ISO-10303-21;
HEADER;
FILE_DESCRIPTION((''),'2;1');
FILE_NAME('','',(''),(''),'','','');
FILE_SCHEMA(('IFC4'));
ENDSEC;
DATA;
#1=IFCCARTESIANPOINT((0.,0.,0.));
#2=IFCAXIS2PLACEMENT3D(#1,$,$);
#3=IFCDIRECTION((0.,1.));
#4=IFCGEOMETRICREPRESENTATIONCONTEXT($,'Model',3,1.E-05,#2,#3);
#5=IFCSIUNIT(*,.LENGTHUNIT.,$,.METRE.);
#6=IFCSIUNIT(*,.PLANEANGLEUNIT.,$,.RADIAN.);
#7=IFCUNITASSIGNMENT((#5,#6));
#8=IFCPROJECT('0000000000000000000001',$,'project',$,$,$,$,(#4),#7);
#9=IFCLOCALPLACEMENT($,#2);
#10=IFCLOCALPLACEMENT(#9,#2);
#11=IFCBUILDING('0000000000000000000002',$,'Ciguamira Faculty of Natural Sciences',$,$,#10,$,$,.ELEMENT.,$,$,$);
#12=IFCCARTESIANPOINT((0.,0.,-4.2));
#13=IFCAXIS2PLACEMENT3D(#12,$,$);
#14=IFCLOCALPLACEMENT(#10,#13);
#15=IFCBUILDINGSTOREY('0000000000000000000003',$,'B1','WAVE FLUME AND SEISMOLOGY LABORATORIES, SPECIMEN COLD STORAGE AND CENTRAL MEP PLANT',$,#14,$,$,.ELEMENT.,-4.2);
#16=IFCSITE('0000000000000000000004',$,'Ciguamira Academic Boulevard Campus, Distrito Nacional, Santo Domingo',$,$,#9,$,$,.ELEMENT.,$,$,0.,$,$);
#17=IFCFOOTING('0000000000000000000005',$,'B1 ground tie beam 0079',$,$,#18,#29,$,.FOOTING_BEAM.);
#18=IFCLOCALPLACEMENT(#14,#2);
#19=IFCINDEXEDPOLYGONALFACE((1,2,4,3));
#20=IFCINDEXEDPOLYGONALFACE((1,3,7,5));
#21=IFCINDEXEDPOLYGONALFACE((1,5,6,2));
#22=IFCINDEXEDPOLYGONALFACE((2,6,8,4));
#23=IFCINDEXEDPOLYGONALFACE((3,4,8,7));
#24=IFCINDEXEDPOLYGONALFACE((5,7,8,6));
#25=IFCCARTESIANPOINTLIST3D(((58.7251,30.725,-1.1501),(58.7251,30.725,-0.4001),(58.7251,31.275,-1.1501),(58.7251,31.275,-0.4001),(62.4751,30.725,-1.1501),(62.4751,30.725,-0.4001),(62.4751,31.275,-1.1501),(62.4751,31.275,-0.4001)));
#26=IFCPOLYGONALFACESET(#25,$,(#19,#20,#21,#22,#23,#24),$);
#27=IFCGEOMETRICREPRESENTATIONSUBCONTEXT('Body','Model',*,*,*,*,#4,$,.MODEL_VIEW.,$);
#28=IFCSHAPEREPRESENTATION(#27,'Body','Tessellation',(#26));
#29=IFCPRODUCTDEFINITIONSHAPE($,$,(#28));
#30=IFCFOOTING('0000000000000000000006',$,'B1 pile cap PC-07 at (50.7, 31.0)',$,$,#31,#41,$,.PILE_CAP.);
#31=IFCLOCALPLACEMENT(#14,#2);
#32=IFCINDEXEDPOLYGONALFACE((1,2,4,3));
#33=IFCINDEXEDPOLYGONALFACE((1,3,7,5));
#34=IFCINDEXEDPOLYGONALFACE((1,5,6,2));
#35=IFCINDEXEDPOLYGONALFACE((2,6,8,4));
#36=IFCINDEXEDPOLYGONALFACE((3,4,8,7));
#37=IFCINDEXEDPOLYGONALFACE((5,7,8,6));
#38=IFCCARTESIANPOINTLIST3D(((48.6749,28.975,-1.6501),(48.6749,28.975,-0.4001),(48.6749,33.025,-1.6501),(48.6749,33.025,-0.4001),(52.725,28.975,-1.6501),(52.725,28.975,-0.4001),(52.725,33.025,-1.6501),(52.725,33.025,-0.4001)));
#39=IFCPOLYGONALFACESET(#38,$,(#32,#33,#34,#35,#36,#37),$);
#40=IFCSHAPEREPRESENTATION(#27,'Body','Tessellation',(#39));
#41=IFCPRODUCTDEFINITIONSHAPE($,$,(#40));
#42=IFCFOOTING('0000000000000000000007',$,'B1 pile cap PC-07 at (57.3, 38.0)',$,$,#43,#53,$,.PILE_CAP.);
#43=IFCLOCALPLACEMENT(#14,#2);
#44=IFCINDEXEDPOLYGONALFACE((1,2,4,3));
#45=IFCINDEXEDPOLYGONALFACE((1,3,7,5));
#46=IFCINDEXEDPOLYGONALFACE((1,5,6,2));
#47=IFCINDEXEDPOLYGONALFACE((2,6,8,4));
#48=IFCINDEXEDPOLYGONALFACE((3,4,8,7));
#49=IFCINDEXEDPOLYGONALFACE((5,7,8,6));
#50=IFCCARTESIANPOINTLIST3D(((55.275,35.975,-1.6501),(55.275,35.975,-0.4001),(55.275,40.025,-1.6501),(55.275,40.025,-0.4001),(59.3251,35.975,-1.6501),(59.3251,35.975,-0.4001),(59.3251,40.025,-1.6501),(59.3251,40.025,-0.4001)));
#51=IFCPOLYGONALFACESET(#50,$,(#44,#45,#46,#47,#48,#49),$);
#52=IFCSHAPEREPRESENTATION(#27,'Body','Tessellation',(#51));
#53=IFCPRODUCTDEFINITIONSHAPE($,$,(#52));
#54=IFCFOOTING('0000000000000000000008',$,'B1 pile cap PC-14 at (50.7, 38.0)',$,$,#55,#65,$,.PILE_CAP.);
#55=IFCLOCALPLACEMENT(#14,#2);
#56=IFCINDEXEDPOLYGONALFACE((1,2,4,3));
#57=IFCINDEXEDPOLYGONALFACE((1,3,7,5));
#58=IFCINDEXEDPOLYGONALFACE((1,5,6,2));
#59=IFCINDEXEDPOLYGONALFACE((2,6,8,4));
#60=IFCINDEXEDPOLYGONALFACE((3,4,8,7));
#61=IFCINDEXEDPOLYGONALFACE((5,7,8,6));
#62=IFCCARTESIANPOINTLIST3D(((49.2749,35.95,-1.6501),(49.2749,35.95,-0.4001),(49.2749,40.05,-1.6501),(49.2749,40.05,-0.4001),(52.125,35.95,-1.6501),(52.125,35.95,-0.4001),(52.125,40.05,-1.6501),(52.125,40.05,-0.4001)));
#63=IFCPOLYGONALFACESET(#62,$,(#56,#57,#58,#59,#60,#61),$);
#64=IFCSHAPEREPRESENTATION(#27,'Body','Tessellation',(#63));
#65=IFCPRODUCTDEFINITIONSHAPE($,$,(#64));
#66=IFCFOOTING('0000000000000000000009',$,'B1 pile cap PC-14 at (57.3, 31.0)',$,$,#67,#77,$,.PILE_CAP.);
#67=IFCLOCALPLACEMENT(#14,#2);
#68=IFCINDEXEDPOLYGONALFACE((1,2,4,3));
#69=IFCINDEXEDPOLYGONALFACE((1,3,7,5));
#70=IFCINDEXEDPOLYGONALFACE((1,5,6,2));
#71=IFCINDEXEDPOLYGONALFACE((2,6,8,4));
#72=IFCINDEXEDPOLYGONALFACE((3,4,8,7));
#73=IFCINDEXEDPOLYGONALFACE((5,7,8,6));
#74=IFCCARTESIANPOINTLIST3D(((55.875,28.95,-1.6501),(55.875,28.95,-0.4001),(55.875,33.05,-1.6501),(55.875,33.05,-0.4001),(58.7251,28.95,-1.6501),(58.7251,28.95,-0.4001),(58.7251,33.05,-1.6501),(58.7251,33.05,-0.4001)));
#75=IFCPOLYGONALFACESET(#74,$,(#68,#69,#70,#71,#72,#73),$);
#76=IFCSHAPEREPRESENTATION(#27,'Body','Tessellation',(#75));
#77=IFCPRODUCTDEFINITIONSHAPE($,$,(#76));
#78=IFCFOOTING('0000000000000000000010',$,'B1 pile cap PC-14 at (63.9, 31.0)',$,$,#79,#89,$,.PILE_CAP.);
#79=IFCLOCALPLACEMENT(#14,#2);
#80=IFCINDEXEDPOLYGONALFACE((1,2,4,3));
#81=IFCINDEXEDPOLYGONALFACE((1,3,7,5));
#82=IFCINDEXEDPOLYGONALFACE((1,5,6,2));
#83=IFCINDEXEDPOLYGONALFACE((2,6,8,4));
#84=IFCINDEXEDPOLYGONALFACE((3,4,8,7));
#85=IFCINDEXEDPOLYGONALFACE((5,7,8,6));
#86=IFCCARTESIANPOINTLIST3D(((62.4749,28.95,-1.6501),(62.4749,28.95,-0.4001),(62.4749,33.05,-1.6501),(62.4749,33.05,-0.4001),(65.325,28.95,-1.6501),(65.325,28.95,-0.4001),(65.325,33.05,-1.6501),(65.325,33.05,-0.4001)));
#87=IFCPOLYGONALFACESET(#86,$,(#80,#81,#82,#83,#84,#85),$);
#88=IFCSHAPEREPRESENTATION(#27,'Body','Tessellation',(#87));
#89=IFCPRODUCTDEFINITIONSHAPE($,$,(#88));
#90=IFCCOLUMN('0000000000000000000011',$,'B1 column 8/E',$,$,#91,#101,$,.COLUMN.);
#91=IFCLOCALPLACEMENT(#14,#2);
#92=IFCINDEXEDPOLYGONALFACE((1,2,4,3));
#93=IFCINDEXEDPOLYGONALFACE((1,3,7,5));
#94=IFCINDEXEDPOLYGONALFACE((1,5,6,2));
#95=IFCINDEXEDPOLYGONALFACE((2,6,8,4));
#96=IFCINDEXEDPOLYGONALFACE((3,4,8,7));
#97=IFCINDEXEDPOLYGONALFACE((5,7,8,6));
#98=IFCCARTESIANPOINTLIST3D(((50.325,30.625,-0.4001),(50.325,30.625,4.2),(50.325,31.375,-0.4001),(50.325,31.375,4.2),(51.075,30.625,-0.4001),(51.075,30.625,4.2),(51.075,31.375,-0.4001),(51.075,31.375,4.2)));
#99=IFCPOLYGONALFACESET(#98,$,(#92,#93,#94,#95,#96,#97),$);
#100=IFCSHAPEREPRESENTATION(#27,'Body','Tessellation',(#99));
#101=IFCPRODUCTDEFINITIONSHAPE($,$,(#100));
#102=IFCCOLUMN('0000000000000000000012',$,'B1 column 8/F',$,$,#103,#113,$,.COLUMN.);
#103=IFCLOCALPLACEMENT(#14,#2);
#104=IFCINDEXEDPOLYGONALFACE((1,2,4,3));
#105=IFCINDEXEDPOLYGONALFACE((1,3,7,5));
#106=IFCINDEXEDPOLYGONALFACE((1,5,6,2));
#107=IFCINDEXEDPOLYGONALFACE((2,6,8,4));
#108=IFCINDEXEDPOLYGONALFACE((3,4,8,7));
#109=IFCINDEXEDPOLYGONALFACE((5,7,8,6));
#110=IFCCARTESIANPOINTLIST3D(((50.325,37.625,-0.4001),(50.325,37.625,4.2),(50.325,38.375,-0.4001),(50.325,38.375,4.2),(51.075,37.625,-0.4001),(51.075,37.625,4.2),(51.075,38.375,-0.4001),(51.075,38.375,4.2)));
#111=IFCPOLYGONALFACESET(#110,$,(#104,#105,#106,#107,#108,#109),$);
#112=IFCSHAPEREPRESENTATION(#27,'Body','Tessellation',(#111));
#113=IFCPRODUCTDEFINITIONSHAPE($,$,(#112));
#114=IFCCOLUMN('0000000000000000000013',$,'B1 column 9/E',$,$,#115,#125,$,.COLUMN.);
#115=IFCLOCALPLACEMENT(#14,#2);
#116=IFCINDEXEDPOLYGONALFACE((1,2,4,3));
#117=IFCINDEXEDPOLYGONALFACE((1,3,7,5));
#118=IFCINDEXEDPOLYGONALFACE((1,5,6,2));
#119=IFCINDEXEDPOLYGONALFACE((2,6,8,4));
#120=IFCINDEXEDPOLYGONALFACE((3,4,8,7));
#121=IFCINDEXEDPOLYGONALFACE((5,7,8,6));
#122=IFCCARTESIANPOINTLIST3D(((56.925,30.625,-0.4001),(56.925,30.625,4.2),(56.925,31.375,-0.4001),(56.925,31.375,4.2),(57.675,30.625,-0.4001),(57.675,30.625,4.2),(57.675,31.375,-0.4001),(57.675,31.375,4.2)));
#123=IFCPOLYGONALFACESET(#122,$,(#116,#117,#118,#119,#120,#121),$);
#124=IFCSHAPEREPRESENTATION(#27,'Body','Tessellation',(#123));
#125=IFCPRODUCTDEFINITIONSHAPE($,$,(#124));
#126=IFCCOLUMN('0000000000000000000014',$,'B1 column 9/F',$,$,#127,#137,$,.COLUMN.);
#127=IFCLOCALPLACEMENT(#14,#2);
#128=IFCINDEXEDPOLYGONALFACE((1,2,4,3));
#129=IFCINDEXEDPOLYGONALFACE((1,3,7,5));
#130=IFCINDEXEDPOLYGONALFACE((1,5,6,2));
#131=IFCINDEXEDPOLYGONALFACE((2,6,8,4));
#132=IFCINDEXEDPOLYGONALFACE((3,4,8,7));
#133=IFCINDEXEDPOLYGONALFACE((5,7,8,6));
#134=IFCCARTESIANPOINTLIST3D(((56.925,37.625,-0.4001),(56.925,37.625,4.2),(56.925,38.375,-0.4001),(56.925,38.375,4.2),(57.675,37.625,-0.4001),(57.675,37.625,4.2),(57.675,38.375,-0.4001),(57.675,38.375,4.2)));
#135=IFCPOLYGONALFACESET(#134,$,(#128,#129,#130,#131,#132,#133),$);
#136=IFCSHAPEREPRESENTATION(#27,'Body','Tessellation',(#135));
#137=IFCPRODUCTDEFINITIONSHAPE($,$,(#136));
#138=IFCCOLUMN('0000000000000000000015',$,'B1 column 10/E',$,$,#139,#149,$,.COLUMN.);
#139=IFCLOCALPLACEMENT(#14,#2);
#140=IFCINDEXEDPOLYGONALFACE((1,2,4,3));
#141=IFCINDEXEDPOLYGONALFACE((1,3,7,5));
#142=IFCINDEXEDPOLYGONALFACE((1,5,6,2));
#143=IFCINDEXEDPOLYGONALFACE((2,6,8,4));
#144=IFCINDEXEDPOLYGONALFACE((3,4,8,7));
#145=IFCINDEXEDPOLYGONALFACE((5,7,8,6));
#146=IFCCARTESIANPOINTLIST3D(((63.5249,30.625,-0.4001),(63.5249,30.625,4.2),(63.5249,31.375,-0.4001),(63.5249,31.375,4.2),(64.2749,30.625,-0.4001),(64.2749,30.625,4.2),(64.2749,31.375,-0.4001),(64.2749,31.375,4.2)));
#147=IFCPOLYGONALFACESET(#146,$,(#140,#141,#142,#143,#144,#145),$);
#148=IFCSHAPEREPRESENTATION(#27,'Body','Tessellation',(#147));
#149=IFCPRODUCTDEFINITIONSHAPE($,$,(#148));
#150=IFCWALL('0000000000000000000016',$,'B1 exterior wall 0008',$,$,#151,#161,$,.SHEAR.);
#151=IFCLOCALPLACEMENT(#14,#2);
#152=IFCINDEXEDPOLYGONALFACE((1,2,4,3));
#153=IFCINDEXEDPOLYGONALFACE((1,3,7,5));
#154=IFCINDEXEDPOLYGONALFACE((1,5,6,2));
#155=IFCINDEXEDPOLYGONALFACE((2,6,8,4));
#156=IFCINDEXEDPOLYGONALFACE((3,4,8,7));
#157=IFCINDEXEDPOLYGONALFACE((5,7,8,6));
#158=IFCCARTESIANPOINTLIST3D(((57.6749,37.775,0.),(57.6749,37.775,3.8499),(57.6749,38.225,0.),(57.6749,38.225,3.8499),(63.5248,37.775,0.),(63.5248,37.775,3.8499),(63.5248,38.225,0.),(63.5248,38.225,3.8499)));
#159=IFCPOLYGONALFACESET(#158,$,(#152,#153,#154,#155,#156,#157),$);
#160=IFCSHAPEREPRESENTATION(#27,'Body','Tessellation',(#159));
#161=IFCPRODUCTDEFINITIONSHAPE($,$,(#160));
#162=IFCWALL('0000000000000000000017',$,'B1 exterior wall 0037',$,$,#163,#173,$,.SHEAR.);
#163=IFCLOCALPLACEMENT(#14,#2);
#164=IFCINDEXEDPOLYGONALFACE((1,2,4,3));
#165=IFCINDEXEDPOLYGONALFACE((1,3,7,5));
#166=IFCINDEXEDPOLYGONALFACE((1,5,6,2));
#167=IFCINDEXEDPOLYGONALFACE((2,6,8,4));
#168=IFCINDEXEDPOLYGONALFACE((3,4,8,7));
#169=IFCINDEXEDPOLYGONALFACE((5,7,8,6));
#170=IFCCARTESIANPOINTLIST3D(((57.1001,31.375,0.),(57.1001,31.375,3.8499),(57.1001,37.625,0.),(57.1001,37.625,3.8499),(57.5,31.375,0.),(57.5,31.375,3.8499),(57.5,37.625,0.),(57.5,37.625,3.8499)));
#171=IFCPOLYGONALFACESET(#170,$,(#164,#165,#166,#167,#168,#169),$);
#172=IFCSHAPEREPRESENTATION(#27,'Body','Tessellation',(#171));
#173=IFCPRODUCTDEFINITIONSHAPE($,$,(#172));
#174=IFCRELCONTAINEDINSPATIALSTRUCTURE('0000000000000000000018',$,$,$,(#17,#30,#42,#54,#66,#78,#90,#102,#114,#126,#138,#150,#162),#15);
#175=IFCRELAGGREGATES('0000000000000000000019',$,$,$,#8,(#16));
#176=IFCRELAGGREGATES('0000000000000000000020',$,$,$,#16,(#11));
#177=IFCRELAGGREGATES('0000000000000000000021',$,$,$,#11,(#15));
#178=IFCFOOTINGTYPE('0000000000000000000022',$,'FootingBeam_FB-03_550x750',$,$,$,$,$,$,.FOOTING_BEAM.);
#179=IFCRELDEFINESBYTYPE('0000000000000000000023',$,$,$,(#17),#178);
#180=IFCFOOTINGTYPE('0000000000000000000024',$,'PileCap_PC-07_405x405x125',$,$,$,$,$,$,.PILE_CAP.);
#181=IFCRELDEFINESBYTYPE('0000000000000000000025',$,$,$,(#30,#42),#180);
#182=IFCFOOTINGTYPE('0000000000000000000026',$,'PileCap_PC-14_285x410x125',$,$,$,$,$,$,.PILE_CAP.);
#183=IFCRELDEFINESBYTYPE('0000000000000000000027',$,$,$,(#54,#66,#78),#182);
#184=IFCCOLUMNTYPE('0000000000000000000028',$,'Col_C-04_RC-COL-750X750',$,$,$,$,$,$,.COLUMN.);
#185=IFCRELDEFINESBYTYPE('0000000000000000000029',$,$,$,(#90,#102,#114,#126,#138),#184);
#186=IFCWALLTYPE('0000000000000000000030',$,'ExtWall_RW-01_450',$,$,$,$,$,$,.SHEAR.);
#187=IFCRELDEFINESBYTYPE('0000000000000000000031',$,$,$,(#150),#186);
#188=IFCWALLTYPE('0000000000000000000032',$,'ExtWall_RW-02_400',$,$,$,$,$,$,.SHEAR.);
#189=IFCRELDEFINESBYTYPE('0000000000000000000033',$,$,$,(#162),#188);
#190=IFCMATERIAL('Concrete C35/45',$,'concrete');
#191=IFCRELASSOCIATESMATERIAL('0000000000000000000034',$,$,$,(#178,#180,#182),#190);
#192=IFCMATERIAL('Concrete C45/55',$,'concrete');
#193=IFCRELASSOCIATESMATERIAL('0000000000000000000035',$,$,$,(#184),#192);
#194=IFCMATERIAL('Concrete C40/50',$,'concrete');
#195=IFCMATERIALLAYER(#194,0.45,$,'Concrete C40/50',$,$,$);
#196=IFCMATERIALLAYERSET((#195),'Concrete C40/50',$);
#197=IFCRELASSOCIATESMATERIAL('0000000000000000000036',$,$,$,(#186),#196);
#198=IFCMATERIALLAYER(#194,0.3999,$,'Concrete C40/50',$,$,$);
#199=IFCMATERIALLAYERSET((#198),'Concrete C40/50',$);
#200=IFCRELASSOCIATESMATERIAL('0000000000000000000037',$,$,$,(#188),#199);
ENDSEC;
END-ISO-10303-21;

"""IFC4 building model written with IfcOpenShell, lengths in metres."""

from ifc_helpers import new_model, si_unit, direction, frame, frame_2d, origin, origin_2d, place, context, subcontext, project, spatial, rectangle, extrude, material, layer, layer_set, material_profile, profile_set, type_object, element, save


model = new_model("IFC4")

# Units and contexts
model_context = context("Model", 3, precision=1e-05, world=origin(), true_north=direction((0.0, 1.0)))
body_context = subcontext(model_context, "Body", "Model", "MODEL_VIEW")
ifc_project = project(units=[si_unit("LENGTHUNIT", "METRE"), si_unit("PLANEANGLEUNIT", "RADIAN")], contexts=[model_context])

# Site, building, storey
site_placement = place(None, origin())
site = spatial("IfcSite", under=ifc_project, at=site_placement, Name="Ciguamira Academic Boulevard Campus, Distrito Nacional, Santo Domingo", CompositionType="ELEMENT", RefElevation=0.0)
building_placement = place(site_placement, origin())
building = spatial("IfcBuilding", under=site, at=building_placement, Name="Ciguamira Faculty of Natural Sciences", CompositionType="ELEMENT")
storey_placement = place(building_placement, frame((0.0, 0.0, -4.2)))
storey = spatial("IfcBuildingStorey", under=building, at=storey_placement, Name="B1", Description="WAVE FLUME AND SEISMOLOGY LABORATORIES, SPECIMEN COLD STORAGE AND CENTRAL MEP PLANT", CompositionType="ELEMENT", Elevation=-4.2)

# Shared definitions
ifc_material_1 = material(Name="Concrete C35/45", Category="concrete")

# Footings
ifc_material_profile_1 = material_profile(ifc_material_1, rectangle(XDim=0.55, YDim=0.75, at=origin_2d()), Name="RC-FB-550X750")
ifc_profile_set_1 = profile_set([ifc_material_profile_1], Name="Concrete C35/45")
footing_type_1 = type_object("IfcFootingType", Name="FootingBeam_FB-03_550x750", PredefinedType="FOOTING_BEAM", material=ifc_profile_set_1)
footing_1_placement = place(storey_placement, frame((58.7251, 31.0, -0.7751), z_axis=(1.0, 0.0, 0.0), x_axis=(0.0, 1.0, 0.0)))
element("IfcFooting", 1, at=footing_1_placement, inside=storey, type_object=footing_type_1, Name="B1 ground tie beam 0079", PredefinedType="FOOTING_BEAM", context=body_context, shape_type="SweptSolid", body=[
    extrude(rectangle(XDim=0.55, YDim=0.75, at=origin_2d()), origin(), (0.0, 0.0, 1.0), 3.75),
])
footing_type_2 = type_object("IfcFootingType", Name="PileCap_PC-07_405x405x125", PredefinedType="PILE_CAP", material=ifc_material_1)
for number, where, z_axis, x_axis, name in (
    (2, (50.7, 31.0, -1.6501), (0.0, 0.0, 1.0), (1.0, 0.0, 0.0), "B1 pile cap PC-07 at (50.7, 31.0)"),
    (3, (57.3, 38.0, -1.6501), (0.0, 0.0, 1.0), (1.0, 0.0, 0.0), "B1 pile cap PC-07 at (57.3, 38.0)"),
):
    element("IfcFooting", number, at=place(storey_placement, frame(where, z_axis=z_axis, x_axis=x_axis)), inside=storey, type_object=footing_type_2, Name=name, PredefinedType="PILE_CAP", context=body_context, shape_type="SweptSolid", body=[
        extrude(rectangle(XDim=4.05, YDim=4.05, at=origin_2d()), origin(), (0.0, 0.0, 1.0), 1.25),
    ])
footing_type_3 = type_object("IfcFootingType", Name="PileCap_PC-14_285x410x125", PredefinedType="PILE_CAP", material=ifc_material_1)
for number, where, z_axis, x_axis, name in (
    (4, (50.7, 38.0, -1.6501), (0.0, 0.0, 1.0), (1.0, 0.0, 0.0), "B1 pile cap PC-14 at (50.7, 38.0)"),
    (5, (57.3, 31.0, -1.6501), (0.0, 0.0, 1.0), (1.0, 0.0, 0.0), "B1 pile cap PC-14 at (57.3, 31.0)"),
    (6, (63.8999, 31.0, -1.6501), (0.0, 0.0, 1.0), (1.0, 0.0, 0.0), "B1 pile cap PC-14 at (63.9, 31.0)"),
):
    element("IfcFooting", number, at=place(storey_placement, frame(where, z_axis=z_axis, x_axis=x_axis)), inside=storey, type_object=footing_type_3, Name=name, PredefinedType="PILE_CAP", context=body_context, shape_type="SweptSolid", body=[
        extrude(rectangle(XDim=2.8501, YDim=4.1001, at=origin_2d()), origin(), (0.0, 0.0, 1.0), 1.25),
    ])

# Columns
ifc_material_2 = material(Name="Concrete C45/55", Category="concrete")
ifc_material_profile_2 = material_profile(ifc_material_2, rectangle(XDim=0.75, YDim=0.75, at=origin_2d()), Name="RC-COL-750X750")
ifc_profile_set_2 = profile_set([ifc_material_profile_2], Name="Concrete C45/55")
column_type = type_object("IfcColumnType", Name="Col_C-04_RC-COL-750X750", PredefinedType="COLUMN", material=ifc_profile_set_2)
for number, where, z_axis, x_axis, name in (
    (7, (50.7, 31.0, -0.4001), (0.0, 0.0, 1.0), (1.0, 0.0, 0.0), "B1 column 8/E"),
    (8, (50.7, 38.0, -0.4001), (0.0, 0.0, 1.0), (1.0, 0.0, 0.0), "B1 column 8/F"),
    (9, (57.3, 31.0, -0.4001), (0.0, 0.0, 1.0), (1.0, 0.0, 0.0), "B1 column 9/E"),
    (10, (57.3, 38.0, -0.4001), (0.0, 0.0, 1.0), (1.0, 0.0, 0.0), "B1 column 9/F"),
    (11, (63.8999, 31.0, -0.4001), (0.0, 0.0, 1.0), (1.0, 0.0, 0.0), "B1 column 10/E"),
):
    element("IfcColumn", number, at=place(storey_placement, frame(where, z_axis=z_axis, x_axis=x_axis)), inside=storey, type_object=column_type, Name=name, PredefinedType="COLUMN", context=body_context, shape_type="SweptSolid", body=[
        extrude(rectangle(XDim=0.75, YDim=0.75, at=origin_2d()), origin(), (0.0, 0.0, 1.0), 4.6001),
    ])

# Walls
ifc_material_3 = material(Name="Concrete C40/50", Category="concrete")
ifc_layer_1 = layer(ifc_material_3, 0.45, Name="Concrete C40/50")
ifc_layer_set_1 = layer_set([ifc_layer_1], Name="Concrete C40/50")
wall_type_1 = type_object("IfcWallType", Name="ExtWall_RW-01_450", PredefinedType="SHEAR", material=ifc_layer_set_1)
wall_1_placement = place(storey_placement, frame((57.675, 38.0, 0.0), z_axis=(0.0, 0.0, 1.0), x_axis=(1.0, 0.0, 0.0)))
element("IfcWall", 12, at=wall_1_placement, inside=storey, type_object=wall_type_1, Name="B1 exterior wall 0008", PredefinedType="SHEAR", context=body_context, shape_type="SweptSolid", body=[
    extrude(rectangle(XDim=5.8499, YDim=0.45, at=frame_2d((2.9248, 0.0))), origin(), (0.0, 0.0, 1.0), 3.8499),
])
ifc_layer_2 = layer(ifc_material_3, 0.3999, Name="Concrete C40/50")
ifc_layer_set_2 = layer_set([ifc_layer_2], Name="Concrete C40/50")
wall_type_2 = type_object("IfcWallType", Name="ExtWall_RW-02_400", PredefinedType="SHEAR", material=ifc_layer_set_2)
wall_2_placement = place(storey_placement, frame((57.3, 31.375, 0.0), z_axis=(0.0, 0.0, 1.0), x_axis=(0.0, 1.0, 0.0)))
element("IfcWall", 13, at=wall_2_placement, inside=storey, type_object=wall_type_2, Name="B1 exterior wall 0037", PredefinedType="SHEAR", context=body_context, shape_type="SweptSolid", body=[
    extrude(rectangle(XDim=6.25, YDim=0.3999, at=frame_2d((3.125, 0.0))), origin(), (0.0, 0.0, 1.0), 3.8499),
])

save(model, "model.ifc")
